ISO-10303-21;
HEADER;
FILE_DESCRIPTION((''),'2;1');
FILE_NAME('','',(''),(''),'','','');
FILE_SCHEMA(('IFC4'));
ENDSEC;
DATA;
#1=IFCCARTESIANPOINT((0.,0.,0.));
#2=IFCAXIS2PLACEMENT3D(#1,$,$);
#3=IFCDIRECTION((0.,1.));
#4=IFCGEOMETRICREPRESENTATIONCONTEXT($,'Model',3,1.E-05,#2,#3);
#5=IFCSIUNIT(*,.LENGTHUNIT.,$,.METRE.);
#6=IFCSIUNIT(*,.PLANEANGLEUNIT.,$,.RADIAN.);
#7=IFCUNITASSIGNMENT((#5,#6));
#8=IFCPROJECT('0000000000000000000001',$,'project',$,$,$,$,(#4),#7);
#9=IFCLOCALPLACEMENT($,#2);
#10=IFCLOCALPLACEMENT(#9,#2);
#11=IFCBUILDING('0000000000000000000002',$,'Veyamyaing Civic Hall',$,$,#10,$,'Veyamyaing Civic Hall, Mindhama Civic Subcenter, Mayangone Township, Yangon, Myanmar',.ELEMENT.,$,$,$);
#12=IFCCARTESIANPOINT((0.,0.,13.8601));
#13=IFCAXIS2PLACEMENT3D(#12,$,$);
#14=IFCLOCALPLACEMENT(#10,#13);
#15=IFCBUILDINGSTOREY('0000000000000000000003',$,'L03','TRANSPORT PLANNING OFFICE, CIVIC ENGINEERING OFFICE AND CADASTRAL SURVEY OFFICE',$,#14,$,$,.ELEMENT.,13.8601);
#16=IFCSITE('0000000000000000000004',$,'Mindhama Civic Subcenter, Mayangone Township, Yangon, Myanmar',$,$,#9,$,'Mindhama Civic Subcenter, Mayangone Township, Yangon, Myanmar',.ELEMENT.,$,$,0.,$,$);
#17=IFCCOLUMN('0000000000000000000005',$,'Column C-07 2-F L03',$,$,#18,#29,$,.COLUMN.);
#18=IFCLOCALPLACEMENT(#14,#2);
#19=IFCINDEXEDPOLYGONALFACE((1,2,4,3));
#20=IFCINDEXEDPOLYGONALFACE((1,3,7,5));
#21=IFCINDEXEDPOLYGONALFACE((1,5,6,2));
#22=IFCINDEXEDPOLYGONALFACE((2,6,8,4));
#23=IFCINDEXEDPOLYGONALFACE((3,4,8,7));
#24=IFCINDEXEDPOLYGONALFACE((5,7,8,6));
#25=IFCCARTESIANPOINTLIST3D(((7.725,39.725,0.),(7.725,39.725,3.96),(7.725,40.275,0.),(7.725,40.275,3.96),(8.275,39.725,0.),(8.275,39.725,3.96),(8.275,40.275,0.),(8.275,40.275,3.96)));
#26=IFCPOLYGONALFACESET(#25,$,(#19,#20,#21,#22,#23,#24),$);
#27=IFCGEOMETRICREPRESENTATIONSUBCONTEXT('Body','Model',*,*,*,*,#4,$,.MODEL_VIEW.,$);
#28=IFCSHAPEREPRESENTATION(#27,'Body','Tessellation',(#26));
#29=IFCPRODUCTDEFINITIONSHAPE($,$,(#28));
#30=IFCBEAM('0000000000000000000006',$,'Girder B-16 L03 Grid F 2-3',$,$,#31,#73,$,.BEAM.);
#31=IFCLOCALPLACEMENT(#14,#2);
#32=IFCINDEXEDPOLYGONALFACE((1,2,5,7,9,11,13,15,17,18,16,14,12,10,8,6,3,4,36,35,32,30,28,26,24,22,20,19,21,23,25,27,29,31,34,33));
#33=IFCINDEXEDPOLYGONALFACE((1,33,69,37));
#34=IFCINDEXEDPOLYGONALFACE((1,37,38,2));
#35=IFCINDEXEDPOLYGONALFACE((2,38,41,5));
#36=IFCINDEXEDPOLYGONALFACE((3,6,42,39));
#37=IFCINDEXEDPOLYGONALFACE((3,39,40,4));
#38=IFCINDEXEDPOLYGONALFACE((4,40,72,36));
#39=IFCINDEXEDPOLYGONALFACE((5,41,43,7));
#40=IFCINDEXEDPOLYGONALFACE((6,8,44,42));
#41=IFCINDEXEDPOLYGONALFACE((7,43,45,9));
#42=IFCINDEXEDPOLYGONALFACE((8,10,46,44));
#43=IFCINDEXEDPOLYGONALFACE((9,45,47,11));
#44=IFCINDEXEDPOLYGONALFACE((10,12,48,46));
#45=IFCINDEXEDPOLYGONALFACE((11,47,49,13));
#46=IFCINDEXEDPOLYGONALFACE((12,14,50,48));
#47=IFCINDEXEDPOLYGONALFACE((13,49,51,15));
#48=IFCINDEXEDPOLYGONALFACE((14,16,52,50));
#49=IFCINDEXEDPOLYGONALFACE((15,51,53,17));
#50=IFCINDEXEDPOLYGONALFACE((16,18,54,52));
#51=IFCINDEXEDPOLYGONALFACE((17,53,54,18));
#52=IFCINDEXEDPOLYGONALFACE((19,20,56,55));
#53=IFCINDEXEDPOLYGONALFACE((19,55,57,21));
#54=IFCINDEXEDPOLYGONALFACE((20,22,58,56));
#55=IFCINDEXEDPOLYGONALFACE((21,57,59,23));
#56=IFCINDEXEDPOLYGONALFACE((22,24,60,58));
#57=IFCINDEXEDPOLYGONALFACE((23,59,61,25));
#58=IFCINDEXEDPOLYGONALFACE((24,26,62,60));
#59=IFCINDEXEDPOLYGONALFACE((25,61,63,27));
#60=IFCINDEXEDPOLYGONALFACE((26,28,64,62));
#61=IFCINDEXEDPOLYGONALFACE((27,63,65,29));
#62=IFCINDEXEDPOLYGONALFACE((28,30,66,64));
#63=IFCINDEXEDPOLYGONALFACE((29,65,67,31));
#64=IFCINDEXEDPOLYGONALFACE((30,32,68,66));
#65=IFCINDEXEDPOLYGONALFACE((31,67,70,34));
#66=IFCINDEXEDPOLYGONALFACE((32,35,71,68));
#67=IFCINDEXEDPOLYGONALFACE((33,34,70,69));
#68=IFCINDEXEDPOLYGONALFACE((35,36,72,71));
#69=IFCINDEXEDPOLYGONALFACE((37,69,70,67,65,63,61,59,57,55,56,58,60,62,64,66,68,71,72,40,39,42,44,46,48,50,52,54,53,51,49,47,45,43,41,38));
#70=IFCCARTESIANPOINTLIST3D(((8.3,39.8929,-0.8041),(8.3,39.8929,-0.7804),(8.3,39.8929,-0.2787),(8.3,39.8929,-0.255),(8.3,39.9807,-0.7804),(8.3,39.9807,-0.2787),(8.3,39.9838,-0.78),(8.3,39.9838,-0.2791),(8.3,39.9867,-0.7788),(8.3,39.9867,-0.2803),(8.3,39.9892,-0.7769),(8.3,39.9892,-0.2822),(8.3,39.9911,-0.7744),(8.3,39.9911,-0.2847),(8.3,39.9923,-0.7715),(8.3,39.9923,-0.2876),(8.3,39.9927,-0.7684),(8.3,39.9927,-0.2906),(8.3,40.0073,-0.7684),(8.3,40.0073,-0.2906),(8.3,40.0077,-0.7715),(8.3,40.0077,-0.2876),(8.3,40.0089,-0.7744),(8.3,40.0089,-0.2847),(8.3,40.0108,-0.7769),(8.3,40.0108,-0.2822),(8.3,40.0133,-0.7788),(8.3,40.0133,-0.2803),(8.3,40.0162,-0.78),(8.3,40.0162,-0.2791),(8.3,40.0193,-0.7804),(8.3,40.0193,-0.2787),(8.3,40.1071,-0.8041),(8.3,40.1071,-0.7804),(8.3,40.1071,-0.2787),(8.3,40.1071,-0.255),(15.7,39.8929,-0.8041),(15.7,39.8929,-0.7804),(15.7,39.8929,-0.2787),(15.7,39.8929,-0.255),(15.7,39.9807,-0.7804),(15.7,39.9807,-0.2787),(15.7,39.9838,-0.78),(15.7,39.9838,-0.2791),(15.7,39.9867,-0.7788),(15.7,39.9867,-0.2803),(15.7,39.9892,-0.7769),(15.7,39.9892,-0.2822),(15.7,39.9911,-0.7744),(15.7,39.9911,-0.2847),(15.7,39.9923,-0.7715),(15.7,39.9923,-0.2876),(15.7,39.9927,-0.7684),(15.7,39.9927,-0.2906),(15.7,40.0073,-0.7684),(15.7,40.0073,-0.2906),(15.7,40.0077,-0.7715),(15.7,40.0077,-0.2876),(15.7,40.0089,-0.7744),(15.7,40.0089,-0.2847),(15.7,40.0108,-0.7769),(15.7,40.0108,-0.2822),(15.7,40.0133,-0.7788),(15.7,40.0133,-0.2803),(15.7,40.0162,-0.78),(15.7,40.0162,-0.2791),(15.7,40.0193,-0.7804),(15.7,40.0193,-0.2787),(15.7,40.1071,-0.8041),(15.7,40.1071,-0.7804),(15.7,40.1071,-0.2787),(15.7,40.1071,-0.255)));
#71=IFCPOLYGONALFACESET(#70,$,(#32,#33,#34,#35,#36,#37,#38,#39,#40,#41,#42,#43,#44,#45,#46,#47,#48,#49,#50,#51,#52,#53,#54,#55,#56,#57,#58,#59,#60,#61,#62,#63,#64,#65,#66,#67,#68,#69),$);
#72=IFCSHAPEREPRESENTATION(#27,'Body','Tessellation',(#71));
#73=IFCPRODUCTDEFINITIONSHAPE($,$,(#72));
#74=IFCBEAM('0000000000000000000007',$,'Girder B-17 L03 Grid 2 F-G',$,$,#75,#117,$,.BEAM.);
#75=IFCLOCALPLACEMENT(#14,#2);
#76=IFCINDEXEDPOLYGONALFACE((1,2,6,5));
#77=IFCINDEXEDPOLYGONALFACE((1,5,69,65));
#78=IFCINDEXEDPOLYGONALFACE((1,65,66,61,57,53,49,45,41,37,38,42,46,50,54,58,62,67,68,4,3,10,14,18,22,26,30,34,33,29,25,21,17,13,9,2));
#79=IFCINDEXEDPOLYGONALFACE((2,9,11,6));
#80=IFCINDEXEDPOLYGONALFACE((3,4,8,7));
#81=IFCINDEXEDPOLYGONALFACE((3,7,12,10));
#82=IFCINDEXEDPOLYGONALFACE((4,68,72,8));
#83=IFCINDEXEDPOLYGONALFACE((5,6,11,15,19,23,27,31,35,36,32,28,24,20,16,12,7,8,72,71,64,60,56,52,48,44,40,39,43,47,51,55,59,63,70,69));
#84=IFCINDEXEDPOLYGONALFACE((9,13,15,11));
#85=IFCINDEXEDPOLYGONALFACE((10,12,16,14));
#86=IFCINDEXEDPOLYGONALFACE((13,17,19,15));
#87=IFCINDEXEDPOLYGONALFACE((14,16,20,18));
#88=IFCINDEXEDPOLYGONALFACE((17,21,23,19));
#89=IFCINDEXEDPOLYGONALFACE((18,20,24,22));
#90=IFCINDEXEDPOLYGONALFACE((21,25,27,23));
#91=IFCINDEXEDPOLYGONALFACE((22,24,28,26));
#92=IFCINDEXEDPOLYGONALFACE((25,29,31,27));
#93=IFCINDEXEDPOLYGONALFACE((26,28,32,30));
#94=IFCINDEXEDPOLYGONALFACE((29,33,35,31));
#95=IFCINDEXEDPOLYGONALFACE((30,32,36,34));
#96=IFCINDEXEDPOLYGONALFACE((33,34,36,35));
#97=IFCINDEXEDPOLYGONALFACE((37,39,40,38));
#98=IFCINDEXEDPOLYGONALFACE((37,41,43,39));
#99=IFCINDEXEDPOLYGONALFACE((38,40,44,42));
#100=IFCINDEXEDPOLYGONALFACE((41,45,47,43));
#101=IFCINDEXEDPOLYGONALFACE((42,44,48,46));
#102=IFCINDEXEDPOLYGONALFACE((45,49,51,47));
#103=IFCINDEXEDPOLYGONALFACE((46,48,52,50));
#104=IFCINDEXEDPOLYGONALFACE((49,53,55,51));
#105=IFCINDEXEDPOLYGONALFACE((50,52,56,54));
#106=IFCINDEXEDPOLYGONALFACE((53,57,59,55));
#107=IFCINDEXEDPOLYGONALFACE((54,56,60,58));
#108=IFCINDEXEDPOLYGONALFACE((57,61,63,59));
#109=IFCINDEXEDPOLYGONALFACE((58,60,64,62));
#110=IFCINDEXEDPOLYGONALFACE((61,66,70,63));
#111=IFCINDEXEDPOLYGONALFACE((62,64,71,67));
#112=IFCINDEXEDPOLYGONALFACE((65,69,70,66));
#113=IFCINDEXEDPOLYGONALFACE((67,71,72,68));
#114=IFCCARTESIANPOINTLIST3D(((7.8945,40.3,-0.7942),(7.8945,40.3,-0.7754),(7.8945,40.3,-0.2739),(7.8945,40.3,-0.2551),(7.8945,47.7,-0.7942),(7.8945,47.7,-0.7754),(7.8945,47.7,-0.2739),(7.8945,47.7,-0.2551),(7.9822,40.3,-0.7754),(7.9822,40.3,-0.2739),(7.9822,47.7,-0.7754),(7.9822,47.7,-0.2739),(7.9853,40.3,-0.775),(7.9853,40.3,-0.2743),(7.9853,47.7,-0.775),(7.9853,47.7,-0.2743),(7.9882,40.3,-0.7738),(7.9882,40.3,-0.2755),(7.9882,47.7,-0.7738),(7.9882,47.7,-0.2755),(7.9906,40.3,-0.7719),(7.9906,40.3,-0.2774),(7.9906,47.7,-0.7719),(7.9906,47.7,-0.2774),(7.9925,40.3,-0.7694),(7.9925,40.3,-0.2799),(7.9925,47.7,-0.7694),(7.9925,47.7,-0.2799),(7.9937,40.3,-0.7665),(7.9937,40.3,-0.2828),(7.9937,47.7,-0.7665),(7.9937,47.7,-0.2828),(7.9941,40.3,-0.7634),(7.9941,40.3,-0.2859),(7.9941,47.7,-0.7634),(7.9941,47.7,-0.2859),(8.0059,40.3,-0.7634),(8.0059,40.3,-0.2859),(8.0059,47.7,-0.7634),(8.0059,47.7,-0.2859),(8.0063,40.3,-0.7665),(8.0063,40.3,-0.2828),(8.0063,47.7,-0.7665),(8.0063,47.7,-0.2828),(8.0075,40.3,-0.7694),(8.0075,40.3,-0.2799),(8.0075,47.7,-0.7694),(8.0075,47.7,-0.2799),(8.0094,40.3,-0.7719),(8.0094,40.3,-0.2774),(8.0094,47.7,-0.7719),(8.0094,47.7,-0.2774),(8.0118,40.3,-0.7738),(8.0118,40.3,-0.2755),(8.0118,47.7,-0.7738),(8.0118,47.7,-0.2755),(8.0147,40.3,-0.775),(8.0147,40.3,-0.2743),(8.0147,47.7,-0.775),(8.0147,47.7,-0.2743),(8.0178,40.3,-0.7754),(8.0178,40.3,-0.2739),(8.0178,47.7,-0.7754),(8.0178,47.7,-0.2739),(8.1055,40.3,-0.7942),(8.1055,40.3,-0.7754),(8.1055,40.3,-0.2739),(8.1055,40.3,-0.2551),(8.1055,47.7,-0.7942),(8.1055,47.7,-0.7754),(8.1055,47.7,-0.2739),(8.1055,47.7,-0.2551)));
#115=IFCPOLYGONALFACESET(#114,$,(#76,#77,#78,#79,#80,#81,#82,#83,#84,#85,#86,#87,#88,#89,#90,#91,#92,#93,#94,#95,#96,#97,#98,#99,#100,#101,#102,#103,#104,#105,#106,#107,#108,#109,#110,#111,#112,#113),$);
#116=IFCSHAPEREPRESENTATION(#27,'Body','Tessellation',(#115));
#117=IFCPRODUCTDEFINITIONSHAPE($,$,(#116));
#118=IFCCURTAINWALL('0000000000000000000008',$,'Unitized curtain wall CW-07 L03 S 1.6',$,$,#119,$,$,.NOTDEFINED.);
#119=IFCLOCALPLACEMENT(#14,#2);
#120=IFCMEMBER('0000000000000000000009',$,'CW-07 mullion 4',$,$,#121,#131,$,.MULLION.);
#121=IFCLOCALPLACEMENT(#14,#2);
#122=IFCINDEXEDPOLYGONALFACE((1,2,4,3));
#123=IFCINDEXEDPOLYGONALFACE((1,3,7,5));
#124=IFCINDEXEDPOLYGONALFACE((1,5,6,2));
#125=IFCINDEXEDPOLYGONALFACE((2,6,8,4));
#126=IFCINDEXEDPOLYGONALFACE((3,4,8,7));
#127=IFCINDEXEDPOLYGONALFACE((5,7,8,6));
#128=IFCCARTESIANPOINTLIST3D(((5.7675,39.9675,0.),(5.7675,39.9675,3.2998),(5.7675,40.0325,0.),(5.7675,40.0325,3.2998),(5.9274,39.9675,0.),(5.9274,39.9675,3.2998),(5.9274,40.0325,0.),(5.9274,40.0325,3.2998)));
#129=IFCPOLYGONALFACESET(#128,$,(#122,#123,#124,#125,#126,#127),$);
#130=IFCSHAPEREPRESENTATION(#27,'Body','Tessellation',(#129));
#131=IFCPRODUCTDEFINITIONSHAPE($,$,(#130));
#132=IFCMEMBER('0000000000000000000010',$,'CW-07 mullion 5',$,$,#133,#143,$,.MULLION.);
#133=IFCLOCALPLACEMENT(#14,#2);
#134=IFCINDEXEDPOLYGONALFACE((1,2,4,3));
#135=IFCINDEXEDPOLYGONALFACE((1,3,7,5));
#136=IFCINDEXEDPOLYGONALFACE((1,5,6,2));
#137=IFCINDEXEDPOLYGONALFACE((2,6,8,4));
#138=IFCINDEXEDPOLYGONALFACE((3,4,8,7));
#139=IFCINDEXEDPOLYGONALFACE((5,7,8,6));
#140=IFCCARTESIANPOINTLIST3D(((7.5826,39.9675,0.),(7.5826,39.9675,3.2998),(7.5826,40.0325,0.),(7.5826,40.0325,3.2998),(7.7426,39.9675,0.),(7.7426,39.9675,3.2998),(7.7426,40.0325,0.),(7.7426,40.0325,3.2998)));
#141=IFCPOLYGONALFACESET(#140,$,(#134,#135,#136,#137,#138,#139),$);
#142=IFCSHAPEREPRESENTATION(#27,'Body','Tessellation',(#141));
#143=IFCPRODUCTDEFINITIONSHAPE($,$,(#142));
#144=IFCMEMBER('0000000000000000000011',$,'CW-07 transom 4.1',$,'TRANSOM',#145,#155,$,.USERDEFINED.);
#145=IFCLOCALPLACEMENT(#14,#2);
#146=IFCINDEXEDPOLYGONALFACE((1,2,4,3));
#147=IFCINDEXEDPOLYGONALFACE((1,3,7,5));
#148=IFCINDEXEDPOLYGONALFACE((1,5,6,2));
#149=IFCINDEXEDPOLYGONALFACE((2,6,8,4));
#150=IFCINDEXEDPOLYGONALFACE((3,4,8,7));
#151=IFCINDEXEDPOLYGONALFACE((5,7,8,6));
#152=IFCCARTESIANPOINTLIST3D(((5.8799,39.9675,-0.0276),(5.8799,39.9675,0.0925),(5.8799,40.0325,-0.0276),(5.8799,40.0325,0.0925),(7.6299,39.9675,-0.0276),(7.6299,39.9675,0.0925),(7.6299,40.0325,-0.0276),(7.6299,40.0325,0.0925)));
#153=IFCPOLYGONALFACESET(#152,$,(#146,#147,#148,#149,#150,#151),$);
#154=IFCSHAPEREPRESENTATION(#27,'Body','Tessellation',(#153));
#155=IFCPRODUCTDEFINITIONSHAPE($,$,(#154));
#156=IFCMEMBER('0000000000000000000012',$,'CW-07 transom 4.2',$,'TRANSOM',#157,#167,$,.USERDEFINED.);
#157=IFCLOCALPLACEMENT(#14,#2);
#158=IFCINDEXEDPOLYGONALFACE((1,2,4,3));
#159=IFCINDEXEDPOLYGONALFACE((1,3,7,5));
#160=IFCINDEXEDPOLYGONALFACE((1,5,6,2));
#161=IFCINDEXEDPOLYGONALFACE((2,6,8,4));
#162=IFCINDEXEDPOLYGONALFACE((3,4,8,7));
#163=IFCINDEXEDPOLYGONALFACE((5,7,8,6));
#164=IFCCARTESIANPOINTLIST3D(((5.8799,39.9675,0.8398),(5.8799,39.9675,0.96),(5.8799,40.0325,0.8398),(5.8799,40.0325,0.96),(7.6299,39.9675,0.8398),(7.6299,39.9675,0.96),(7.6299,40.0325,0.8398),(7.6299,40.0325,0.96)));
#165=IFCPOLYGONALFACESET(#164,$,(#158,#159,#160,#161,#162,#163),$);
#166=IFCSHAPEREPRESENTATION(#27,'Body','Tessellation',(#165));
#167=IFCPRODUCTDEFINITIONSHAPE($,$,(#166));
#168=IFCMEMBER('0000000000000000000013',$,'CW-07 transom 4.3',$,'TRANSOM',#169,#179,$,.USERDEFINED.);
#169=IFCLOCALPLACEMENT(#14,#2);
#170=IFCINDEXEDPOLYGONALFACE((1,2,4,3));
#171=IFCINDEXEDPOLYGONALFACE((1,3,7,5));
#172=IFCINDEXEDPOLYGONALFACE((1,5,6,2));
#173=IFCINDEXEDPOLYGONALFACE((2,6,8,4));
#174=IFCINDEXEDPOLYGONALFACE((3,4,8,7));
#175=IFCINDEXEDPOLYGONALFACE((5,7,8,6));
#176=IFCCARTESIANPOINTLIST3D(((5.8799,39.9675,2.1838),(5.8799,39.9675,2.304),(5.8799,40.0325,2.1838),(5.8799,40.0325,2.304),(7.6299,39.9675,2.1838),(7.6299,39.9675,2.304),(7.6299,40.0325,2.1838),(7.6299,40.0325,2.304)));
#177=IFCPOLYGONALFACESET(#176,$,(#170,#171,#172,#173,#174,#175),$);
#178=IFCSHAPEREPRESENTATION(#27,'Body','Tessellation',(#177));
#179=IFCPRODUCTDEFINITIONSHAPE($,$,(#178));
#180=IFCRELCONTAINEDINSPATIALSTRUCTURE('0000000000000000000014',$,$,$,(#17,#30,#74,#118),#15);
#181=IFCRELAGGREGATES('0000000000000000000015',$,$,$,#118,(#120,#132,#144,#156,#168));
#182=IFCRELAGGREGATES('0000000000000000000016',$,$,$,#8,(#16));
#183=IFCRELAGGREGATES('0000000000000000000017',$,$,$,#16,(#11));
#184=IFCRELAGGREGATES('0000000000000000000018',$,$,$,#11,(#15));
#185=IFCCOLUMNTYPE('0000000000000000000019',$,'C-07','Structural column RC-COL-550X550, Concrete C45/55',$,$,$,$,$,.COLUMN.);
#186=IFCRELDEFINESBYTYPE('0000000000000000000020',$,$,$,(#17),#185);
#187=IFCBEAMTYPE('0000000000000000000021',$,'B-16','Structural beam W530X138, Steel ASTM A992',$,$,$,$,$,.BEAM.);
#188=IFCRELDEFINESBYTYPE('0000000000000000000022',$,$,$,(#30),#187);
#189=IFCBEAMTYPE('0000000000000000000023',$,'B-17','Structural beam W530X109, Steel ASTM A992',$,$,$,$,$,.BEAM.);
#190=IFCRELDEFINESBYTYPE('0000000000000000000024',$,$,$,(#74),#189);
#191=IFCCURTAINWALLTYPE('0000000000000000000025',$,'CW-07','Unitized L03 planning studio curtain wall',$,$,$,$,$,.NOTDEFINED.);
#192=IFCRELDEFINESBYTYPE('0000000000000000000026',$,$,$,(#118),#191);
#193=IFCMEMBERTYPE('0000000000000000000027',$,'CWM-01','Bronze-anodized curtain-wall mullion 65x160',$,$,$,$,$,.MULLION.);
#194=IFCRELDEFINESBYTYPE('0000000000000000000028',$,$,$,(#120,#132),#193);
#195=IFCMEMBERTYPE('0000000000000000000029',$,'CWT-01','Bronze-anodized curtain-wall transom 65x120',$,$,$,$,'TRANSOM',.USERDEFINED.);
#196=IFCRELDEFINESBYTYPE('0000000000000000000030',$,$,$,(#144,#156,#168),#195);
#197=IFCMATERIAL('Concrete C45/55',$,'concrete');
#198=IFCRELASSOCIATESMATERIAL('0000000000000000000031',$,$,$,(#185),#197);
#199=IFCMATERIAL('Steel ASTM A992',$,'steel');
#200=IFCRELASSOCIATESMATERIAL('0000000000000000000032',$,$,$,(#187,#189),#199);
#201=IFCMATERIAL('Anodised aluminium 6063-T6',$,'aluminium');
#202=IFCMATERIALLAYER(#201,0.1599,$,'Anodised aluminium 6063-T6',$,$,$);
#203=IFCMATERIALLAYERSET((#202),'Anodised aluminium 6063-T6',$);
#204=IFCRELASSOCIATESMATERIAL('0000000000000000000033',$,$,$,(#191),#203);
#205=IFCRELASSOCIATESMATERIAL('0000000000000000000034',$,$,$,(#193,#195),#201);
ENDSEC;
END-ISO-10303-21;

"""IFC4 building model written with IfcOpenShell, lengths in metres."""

from ifc_helpers import new_model, si_unit, direction, frame, origin, origin_2d, place, context, subcontext, project, spatial, rectangle, i_section, extrude, material, layer, layer_set, material_profile, profile_set, type_object, element, aggregate, save


model = new_model("IFC4")

# Units and contexts
model_context = context("Model", 3, precision=1e-05, world=origin(), true_north=direction((0.0, 1.0)))
body_context = subcontext(model_context, "Body", "Model", "MODEL_VIEW")
ifc_project = project(units=[si_unit("LENGTHUNIT", "METRE"), si_unit("PLANEANGLEUNIT", "RADIAN")], contexts=[model_context])

# Site, building, storey
site_placement = place(None, origin())
site = spatial("IfcSite", under=ifc_project, at=site_placement, Name="Mindhama Civic Subcenter, Mayangone Township, Yangon, Myanmar", LongName="Mindhama Civic Subcenter, Mayangone Township, Yangon, Myanmar", CompositionType="ELEMENT", RefElevation=0.0)
building_placement = place(site_placement, origin())
building = spatial("IfcBuilding", under=site, at=building_placement, Name="Veyamyaing Civic Hall", LongName="Veyamyaing Civic Hall, Mindhama Civic Subcenter, Mayangone Township, Yangon, Myanmar", CompositionType="ELEMENT")
storey_placement = place(building_placement, frame((0.0, 0.0, 13.8601)))
storey = spatial("IfcBuildingStorey", under=building, at=storey_placement, Name="L03", Description="TRANSPORT PLANNING OFFICE, CIVIC ENGINEERING OFFICE AND CADASTRAL SURVEY OFFICE", CompositionType="ELEMENT", Elevation=13.8601)

# Column
ifc_material_1 = material(Name="Concrete C45/55", Category="concrete")
ifc_material_profile_1 = material_profile(ifc_material_1, rectangle(XDim=0.55, YDim=0.55, at=origin_2d()), Name="RC-COL-550X550")
ifc_profile_set_1 = profile_set([ifc_material_profile_1], Name="Concrete C45/55")
column_type = type_object("IfcColumnType", Name="C-07", Description="Structural column RC-COL-550X550, Concrete C45/55", PredefinedType="COLUMN", material=ifc_profile_set_1)
column_placement = place(storey_placement, frame((8.0, 40.0, 0.0), z_axis=(0.0, 0.0, 1.0), x_axis=(1.0, 0.0, 0.0)))
element("IfcColumn", 1, at=column_placement, inside=storey, type_object=column_type, Name="Column C-07 2-F L03", PredefinedType="COLUMN", context=body_context, shape_type="SweptSolid", body=[
    extrude(rectangle(XDim=0.55, YDim=0.55, at=origin_2d()), origin(), (0.0, 0.0, 1.0), 3.96),
])

# Beams
ifc_material_2 = material(Name="Steel ASTM A992", Category="steel")
ifc_material_profile_2 = material_profile(ifc_material_2, i_section(OverallWidth=0.2141, OverallDepth=0.5491, WebThickness=0.0146, FlangeThickness=0.0237, FilletRadius=0.012, at=origin_2d()), Name="W530X138")
ifc_profile_set_2 = profile_set([ifc_material_profile_2], Name="Steel ASTM A992")
beam_type_1 = type_object("IfcBeamType", Name="B-16", Description="Structural beam W530X138, Steel ASTM A992", PredefinedType="BEAM", material=ifc_profile_set_2)
beam_1_placement = place(storey_placement, frame((8.3, 40.0, -0.5295), z_axis=(1.0, 0.0, 0.0), x_axis=(0.0, 1.0, 0.0)))
element("IfcBeam", 2, at=beam_1_placement, inside=storey, type_object=beam_type_1, Name="Girder B-16 L03 Grid F 2-3", PredefinedType="BEAM", context=body_context, shape_type="SweptSolid", body=[
    extrude(i_section(OverallWidth=0.2141, OverallDepth=0.5491, WebThickness=0.0146, FlangeThickness=0.0237, FilletRadius=0.012, at=origin_2d()), origin(), (0.0, 0.0, 1.0), 7.3999),
])
ifc_material_profile_3 = material_profile(ifc_material_2, i_section(OverallWidth=0.2109, OverallDepth=0.5391, WebThickness=0.0117, FlangeThickness=0.0188, FilletRadius=0.012, at=origin_2d()), Name="W530X109")
ifc_profile_set_3 = profile_set([ifc_material_profile_3], Name="Steel ASTM A992")
beam_type_2 = type_object("IfcBeamType", Name="B-17", Description="Structural beam W530X109, Steel ASTM A992", PredefinedType="BEAM", material=ifc_profile_set_3)
beam_2_placement = place(storey_placement, frame((8.0, 40.3, -0.5247), z_axis=(0.0, 1.0, 0.0), x_axis=(-1.0, 0.0, 0.0)))
element("IfcBeam", 3, at=beam_2_placement, inside=storey, type_object=beam_type_2, Name="Girder B-17 L03 Grid 2 F-G", PredefinedType="BEAM", context=body_context, shape_type="SweptSolid", body=[
    extrude(i_section(OverallWidth=0.2109, OverallDepth=0.5391, WebThickness=0.0117, FlangeThickness=0.0188, FilletRadius=0.012, at=origin_2d()), origin(), (0.0, 0.0, 1.0), 7.3999),
])

# Curtain wall, members
ifc_material_3 = material(Name="Anodised aluminium 6063-T6", Category="aluminium")
ifc_layer_1 = layer(ifc_material_3, 0.1599, Name="Anodised aluminium 6063-T6")
ifc_layer_set_1 = layer_set([ifc_layer_1], Name="Anodised aluminium 6063-T6")
curtain_wall_type = type_object("IfcCurtainWallType", Name="CW-07", Description="Unitized L03 planning studio curtain wall", PredefinedType="NOTDEFINED", material=ifc_layer_set_1)
curtain_wall_placement = place(storey_placement, origin())
curtain_wall = element("IfcCurtainWall", 4, at=curtain_wall_placement, inside=storey, type_object=curtain_wall_type, Name="Unitized curtain wall CW-07 L03 S 1.6", PredefinedType="NOTDEFINED")
ifc_material_profile_4 = material_profile(ifc_material_3, rectangle(XDim=0.0649, YDim=0.1599, at=origin_2d()), Name="ALU-MUL-65X160")
ifc_profile_set_4 = profile_set([ifc_material_profile_4], Name="Anodised aluminium 6063-T6")
member_type_1 = type_object("IfcMemberType", Name="CWM-01", Description="Bronze-anodized curtain-wall mullion 65x160", PredefinedType="MULLION", material=ifc_profile_set_4)
member_1_placement = place(storey_placement, frame((5.8474, 40.0, 0.0), z_axis=(0.0, 0.0, 1.0), x_axis=(0.0, 1.0, 0.0)))
member_1 = element("IfcMember", 5, at=member_1_placement, type_object=member_type_1, Name="CW-07 mullion 4", PredefinedType="MULLION", context=body_context, shape_type="SweptSolid", body=[
    extrude(rectangle(XDim=0.0649, YDim=0.1599, at=origin_2d()), origin(), (0.0, 0.0, 1.0), 3.2998),
])
member_2_placement = place(storey_placement, frame((7.6626, 40.0, 0.0), z_axis=(0.0, 0.0, 1.0), x_axis=(0.0, 1.0, 0.0)))
member_2 = element("IfcMember", 6, at=member_2_placement, type_object=member_type_1, Name="CW-07 mullion 5", PredefinedType="MULLION", context=body_context, shape_type="SweptSolid", body=[
    extrude(rectangle(XDim=0.0649, YDim=0.1599, at=origin_2d()), origin(), (0.0, 0.0, 1.0), 3.2998),
])
ifc_material_profile_5 = material_profile(ifc_material_3, rectangle(XDim=0.0649, YDim=0.1201, at=origin_2d()), Name="ALU-TRN-65X120")
ifc_profile_set_5 = profile_set([ifc_material_profile_5], Name="Anodised aluminium 6063-T6")
member_type_2 = type_object("IfcMemberType", Name="CWT-01", Description="Bronze-anodized curtain-wall transom 65x120", ElementType="TRANSOM", PredefinedType="USERDEFINED", material=ifc_profile_set_5)
member_3_placement = place(storey_placement, frame((5.8799, 40.0, 0.0325), z_axis=(1.0, 0.0, 0.0), x_axis=(0.0, 1.0, 0.0)))
member_3 = element("IfcMember", 7, at=member_3_placement, type_object=member_type_2, Name="CW-07 transom 4.1", ObjectType="TRANSOM", PredefinedType="USERDEFINED", context=body_context, shape_type="SweptSolid", body=[
    extrude(rectangle(XDim=0.0649, YDim=0.1201, at=origin_2d()), origin(), (0.0, 0.0, 1.0), 1.75),
])
member_4_placement = place(storey_placement, frame((5.8799, 40.0, 0.8999), z_axis=(1.0, 0.0, 0.0), x_axis=(0.0, 1.0, 0.0)))
member_4 = element("IfcMember", 8, at=member_4_placement, type_object=member_type_2, Name="CW-07 transom 4.2", ObjectType="TRANSOM", PredefinedType="USERDEFINED", context=body_context, shape_type="SweptSolid", body=[
    extrude(rectangle(XDim=0.0649, YDim=0.1201, at=origin_2d()), origin(), (0.0, 0.0, 1.0), 1.75),
])
member_5_placement = place(storey_placement, frame((5.8799, 40.0, 2.2439), z_axis=(1.0, 0.0, 0.0), x_axis=(0.0, 1.0, 0.0)))
member_5 = element("IfcMember", 9, at=member_5_placement, type_object=member_type_2, Name="CW-07 transom 4.3", ObjectType="TRANSOM", PredefinedType="USERDEFINED", context=body_context, shape_type="SweptSolid", body=[
    extrude(rectangle(XDim=0.0649, YDim=0.1201, at=origin_2d()), origin(), (0.0, 0.0, 1.0), 1.75),
])

aggregate(curtain_wall, [member_1, member_2, member_3, member_4, member_5])

save(model, "model.ifc")
